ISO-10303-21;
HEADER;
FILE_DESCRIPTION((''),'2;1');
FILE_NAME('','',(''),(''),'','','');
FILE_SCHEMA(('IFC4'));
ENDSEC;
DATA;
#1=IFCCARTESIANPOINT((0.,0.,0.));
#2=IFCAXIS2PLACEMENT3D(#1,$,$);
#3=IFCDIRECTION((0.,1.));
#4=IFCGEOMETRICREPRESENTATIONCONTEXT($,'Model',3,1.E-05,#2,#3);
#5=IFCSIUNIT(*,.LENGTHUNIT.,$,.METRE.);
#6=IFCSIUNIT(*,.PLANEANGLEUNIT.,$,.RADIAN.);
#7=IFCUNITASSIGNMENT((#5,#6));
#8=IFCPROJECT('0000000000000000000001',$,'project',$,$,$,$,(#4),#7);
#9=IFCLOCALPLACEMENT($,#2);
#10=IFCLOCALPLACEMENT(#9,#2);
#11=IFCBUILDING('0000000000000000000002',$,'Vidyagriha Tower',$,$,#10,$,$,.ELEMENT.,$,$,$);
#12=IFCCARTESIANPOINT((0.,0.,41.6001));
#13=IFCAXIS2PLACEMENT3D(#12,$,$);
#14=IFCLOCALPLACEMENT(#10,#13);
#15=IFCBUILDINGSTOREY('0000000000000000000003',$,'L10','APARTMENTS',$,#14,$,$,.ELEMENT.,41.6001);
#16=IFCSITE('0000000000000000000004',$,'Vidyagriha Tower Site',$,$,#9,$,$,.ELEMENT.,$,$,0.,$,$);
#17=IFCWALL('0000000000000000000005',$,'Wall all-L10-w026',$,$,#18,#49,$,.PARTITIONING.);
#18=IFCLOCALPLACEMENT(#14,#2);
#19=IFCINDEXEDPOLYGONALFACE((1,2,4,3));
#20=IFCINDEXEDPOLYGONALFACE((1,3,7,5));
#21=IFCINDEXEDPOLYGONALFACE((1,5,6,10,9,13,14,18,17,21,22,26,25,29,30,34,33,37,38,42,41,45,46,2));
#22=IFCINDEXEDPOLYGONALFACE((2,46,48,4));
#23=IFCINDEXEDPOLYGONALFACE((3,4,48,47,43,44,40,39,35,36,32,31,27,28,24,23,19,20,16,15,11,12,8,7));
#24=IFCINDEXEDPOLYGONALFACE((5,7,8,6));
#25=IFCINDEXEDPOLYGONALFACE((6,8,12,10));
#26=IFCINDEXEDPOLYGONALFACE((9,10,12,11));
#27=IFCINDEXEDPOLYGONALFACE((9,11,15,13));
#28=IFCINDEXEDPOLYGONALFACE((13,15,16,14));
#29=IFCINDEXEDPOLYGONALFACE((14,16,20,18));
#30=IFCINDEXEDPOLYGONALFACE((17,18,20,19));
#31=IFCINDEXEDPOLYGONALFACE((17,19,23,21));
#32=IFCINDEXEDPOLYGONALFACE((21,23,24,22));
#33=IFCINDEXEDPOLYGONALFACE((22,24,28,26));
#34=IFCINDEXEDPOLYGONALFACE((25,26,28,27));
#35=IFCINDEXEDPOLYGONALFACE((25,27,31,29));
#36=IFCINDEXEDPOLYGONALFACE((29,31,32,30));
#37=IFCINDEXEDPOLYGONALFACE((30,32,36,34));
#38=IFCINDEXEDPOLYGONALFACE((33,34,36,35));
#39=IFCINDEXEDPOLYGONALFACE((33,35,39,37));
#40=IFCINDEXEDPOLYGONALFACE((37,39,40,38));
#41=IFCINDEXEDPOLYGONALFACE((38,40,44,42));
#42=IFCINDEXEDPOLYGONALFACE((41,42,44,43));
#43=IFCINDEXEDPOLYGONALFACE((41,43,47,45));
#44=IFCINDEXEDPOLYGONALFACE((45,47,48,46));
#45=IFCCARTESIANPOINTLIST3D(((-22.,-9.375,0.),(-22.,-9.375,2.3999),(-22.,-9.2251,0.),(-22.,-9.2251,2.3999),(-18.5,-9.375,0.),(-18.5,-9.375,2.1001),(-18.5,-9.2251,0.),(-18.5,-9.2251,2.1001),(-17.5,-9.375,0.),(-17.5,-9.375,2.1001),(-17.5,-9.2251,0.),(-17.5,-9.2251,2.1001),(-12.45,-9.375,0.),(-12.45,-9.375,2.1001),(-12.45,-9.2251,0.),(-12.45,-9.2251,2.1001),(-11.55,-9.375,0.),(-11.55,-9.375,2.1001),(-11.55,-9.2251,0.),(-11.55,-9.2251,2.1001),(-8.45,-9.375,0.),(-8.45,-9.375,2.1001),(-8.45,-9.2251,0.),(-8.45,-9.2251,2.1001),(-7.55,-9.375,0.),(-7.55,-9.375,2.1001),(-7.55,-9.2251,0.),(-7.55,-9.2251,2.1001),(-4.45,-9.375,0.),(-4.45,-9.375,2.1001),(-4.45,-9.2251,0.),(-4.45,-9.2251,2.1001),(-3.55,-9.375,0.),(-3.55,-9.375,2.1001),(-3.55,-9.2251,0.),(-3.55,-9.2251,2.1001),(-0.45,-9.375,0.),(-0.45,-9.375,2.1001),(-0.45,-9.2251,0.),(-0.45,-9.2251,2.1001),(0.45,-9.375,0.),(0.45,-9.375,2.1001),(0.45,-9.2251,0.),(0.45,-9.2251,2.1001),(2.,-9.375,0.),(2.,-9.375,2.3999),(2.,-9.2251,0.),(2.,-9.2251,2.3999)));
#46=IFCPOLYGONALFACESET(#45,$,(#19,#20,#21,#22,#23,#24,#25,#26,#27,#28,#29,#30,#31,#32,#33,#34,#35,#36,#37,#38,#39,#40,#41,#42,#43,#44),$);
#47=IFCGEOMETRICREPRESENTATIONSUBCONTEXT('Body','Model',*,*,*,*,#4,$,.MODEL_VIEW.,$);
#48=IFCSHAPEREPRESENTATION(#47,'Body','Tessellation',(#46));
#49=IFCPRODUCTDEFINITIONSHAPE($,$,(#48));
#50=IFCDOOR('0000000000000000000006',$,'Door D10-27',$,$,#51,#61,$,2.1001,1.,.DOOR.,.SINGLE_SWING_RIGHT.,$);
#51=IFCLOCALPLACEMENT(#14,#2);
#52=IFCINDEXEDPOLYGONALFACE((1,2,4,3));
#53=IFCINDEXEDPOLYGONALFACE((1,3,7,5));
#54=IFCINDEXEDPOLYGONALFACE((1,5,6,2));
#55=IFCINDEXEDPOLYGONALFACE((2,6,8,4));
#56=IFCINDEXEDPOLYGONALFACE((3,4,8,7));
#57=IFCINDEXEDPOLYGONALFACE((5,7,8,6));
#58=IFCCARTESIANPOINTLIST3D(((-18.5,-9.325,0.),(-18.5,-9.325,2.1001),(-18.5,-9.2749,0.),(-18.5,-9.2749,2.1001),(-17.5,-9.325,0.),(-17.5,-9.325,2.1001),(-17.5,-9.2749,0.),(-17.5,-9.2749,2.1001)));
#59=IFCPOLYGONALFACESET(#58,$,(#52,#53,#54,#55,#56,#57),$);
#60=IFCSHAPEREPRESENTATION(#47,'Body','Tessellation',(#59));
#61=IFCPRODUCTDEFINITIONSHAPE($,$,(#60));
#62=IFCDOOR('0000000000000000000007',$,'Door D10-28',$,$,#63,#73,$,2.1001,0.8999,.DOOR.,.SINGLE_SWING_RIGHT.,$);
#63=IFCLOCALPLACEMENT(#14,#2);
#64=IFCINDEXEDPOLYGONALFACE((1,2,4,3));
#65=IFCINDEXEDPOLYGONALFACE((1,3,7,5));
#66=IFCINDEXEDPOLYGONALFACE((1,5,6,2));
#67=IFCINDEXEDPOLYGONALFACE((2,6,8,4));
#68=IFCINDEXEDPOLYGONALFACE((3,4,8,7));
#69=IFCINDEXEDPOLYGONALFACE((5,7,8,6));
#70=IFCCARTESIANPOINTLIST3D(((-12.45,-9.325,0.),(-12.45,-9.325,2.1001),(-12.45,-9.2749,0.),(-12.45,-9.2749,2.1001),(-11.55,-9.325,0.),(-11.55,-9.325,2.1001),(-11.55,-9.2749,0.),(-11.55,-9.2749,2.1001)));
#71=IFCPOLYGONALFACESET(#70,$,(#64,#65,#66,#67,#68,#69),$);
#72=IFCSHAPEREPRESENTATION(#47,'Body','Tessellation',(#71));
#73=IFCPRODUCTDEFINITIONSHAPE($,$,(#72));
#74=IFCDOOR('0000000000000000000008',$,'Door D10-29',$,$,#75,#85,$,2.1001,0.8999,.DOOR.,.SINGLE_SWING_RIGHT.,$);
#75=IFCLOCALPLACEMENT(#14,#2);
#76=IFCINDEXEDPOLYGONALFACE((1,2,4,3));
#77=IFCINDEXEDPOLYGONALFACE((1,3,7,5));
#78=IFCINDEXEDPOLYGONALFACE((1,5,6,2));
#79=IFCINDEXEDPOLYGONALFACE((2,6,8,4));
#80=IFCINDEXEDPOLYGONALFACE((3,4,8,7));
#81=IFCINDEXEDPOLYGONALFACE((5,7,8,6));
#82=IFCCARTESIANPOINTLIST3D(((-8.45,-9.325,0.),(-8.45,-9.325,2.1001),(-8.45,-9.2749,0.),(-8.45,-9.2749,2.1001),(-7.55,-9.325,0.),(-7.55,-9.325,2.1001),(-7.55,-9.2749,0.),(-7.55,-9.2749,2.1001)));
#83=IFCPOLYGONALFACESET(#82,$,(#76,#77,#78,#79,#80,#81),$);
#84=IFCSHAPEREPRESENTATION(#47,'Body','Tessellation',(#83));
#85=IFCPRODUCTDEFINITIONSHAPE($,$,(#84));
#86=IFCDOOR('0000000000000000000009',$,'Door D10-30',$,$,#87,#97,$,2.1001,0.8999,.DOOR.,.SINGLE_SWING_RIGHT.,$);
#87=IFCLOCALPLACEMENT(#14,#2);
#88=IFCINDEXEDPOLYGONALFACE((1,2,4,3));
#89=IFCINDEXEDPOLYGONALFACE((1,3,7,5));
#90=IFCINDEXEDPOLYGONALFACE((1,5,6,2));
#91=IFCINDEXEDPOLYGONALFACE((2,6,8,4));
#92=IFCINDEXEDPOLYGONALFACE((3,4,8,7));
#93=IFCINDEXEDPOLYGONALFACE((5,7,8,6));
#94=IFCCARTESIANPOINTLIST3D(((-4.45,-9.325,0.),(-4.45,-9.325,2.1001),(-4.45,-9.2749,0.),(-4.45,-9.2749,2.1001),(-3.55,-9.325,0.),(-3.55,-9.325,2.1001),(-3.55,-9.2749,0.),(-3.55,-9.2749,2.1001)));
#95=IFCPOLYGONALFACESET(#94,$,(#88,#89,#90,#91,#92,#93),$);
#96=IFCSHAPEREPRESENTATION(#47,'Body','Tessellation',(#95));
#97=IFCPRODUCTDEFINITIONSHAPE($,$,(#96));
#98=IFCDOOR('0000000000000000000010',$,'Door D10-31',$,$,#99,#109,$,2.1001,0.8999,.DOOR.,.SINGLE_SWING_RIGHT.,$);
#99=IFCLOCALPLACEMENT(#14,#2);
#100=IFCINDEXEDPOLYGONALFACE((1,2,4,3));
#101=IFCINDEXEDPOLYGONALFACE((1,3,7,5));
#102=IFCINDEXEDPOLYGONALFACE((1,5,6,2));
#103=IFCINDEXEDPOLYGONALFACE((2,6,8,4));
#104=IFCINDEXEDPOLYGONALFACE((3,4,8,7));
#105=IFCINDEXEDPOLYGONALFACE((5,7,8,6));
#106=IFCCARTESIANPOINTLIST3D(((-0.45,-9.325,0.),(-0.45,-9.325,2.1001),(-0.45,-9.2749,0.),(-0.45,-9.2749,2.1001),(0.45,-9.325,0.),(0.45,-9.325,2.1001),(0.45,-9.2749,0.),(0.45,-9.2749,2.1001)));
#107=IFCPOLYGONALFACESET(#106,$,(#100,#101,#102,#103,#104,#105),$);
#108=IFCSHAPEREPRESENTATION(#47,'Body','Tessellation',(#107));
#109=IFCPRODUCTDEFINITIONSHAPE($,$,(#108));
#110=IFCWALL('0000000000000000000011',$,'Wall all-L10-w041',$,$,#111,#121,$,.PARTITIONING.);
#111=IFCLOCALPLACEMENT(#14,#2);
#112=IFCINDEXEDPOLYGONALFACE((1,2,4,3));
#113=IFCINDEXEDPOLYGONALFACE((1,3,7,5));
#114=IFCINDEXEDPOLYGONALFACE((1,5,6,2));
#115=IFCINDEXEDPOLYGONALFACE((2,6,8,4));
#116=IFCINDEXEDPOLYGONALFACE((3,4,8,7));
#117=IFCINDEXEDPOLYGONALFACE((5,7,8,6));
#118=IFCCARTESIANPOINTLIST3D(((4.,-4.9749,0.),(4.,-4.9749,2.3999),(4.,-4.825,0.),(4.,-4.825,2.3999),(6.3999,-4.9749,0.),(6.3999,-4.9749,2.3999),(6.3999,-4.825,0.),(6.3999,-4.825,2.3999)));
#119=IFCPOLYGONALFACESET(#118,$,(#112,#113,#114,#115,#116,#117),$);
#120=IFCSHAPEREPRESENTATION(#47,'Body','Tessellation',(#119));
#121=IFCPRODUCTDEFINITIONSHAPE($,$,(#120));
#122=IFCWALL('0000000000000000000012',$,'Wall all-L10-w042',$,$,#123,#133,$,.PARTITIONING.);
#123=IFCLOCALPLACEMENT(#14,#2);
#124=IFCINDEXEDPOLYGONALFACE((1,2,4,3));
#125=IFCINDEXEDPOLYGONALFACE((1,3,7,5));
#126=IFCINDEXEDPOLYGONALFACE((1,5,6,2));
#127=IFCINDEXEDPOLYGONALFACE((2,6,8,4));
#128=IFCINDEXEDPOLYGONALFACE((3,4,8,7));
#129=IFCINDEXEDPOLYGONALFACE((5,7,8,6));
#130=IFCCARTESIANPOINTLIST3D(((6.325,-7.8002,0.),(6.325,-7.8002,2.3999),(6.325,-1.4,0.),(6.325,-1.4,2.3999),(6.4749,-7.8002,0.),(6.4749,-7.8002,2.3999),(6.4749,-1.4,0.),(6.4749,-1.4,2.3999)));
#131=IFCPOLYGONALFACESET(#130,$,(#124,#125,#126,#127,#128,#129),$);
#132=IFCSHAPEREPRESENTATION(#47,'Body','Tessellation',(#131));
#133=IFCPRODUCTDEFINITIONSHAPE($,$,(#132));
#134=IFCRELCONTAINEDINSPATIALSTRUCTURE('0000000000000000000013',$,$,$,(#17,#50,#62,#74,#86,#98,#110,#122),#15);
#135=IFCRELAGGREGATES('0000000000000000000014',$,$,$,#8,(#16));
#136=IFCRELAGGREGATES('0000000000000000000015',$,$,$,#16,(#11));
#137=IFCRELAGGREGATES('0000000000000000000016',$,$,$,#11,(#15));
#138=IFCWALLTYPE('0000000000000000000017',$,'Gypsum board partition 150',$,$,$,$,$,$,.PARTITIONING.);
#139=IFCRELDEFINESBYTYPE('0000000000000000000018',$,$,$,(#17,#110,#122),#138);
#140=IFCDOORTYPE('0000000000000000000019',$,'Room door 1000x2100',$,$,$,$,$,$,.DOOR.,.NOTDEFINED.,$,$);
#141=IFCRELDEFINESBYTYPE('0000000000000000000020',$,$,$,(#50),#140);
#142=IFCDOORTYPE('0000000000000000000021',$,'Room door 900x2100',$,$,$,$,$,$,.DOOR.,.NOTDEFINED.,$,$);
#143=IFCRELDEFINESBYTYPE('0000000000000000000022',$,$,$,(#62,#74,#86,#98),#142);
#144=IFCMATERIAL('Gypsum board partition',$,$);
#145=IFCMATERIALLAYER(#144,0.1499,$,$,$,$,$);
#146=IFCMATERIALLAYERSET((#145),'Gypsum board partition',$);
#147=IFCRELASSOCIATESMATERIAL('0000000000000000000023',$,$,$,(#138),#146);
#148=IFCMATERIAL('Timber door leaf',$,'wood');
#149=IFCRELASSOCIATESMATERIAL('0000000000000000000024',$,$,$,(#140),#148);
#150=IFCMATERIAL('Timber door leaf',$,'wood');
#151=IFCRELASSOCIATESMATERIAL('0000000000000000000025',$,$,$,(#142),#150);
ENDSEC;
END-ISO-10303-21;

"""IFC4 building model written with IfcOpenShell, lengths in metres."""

from ifc_helpers import new_model, si_unit, direction, frame, frame_2d, origin, place, context, subcontext, project, spatial, rectangle, extrude, material, layer, layer_set, type_object, element, fill, save


model = new_model("IFC4")

# Units and contexts
model_context = context("Model", 3, precision=1e-05, world=origin(), true_north=direction((0.0, 1.0)))
body_context = subcontext(model_context, "Body", "Model", "MODEL_VIEW")
ifc_project = project(units=[si_unit("LENGTHUNIT", "METRE"), si_unit("PLANEANGLEUNIT", "RADIAN")], contexts=[model_context])

# Site, building, storey
site_placement = place(None, origin())
site = spatial("IfcSite", under=ifc_project, at=site_placement, Name="Vidyagriha Tower Site", CompositionType="ELEMENT", RefElevation=0.0)
building_placement = place(site_placement, origin())
building = spatial("IfcBuilding", under=site, at=building_placement, Name="Vidyagriha Tower", CompositionType="ELEMENT")
storey_placement = place(building_placement, frame((0.0, 0.0, 41.6001)))
storey = spatial("IfcBuildingStorey", under=building, at=storey_placement, Name="L10", Description="APARTMENTS", CompositionType="ELEMENT", Elevation=41.6001)

# Shared definitions
ifc_material_1 = material(Name="Gypsum board partition")
ifc_layer_1 = layer(ifc_material_1, 0.1499)
ifc_layer_set_1 = layer_set([ifc_layer_1], Name="Gypsum board partition")
wall_type_1 = type_object("IfcWallType", Name="Gypsum board partition 150", PredefinedType="PARTITIONING", material=ifc_layer_set_1)

# Wall, openings, doors
wall_1_placement = place(storey_placement, frame((2.0, -9.3, 0.0), z_axis=(0.0, 0.0, 1.0), x_axis=(-1.0, 0.0, 0.0)))
wall_1 = element("IfcWall", 1, at=wall_1_placement, inside=storey, type_object=wall_type_1, Name="Wall all-L10-w026", PredefinedType="PARTITIONING", context=body_context, shape_type="SweptSolid", body=[
    extrude(rectangle(XDim=24.0, YDim=0.1499, at=frame_2d((12.0, 0.0))), origin(), (0.0, 0.0, 1.0), 2.3999),
])
opening_1_placement = place(wall_1_placement, frame((19.5, 0.0, 0.0)))
opening_1 = element("IfcOpeningElement", 2, at=opening_1_placement, cuts=wall_1, PredefinedType="OPENING", context=body_context, shape_type="SweptSolid", body=[
    extrude(rectangle(XDim=1.0, YDim=2.1001, at=frame_2d((0.5, 1.05))), frame((0.0, 0.085, 0.0), z_axis=(0.0, -1.0, 0.0), x_axis=(1.0, 0.0, 0.0)), (0.0, 0.0, 1.0), 0.1699),
])
opening_2_placement = place(wall_1_placement, frame((13.55, 0.0, 0.0)))
opening_2 = element("IfcOpeningElement", 3, at=opening_2_placement, cuts=wall_1, PredefinedType="OPENING", context=body_context, shape_type="SweptSolid", body=[
    extrude(rectangle(XDim=0.8999, YDim=2.1001, at=frame_2d((0.45, 1.05))), frame((0.0, 0.085, 0.0), z_axis=(0.0, -1.0, 0.0), x_axis=(1.0, 0.0, 0.0)), (0.0, 0.0, 1.0), 0.1699),
])
opening_3_placement = place(wall_1_placement, frame((9.55, 0.0, 0.0)))
opening_3 = element("IfcOpeningElement", 4, at=opening_3_placement, cuts=wall_1, PredefinedType="OPENING", context=body_context, shape_type="SweptSolid", body=[
    extrude(rectangle(XDim=0.8999, YDim=2.1001, at=frame_2d((0.45, 1.05))), frame((0.0, 0.085, 0.0), z_axis=(0.0, -1.0, 0.0), x_axis=(1.0, 0.0, 0.0)), (0.0, 0.0, 1.0), 0.1699),
])
opening_4_placement = place(wall_1_placement, frame((5.55, 0.0, 0.0)))
opening_4 = element("IfcOpeningElement", 5, at=opening_4_placement, cuts=wall_1, PredefinedType="OPENING", context=body_context, shape_type="SweptSolid", body=[
    extrude(rectangle(XDim=0.8999, YDim=2.1001, at=frame_2d((0.45, 1.05))), frame((0.0, 0.085, 0.0), z_axis=(0.0, -1.0, 0.0), x_axis=(1.0, 0.0, 0.0)), (0.0, 0.0, 1.0), 0.1699),
])
opening_5_placement = place(wall_1_placement, frame((1.55, 0.0, 0.0)))
opening_5 = element("IfcOpeningElement", 6, at=opening_5_placement, cuts=wall_1, PredefinedType="OPENING", context=body_context, shape_type="SweptSolid", body=[
    extrude(rectangle(XDim=0.8999, YDim=2.1001, at=frame_2d((0.45, 1.05))), frame((0.0, 0.085, 0.0), z_axis=(0.0, -1.0, 0.0), x_axis=(1.0, 0.0, 0.0)), (0.0, 0.0, 1.0), 0.1699),
])
ifc_material_2 = material(Name="Timber door leaf", Category="wood")
door_type_1 = type_object("IfcDoorType", Name="Room door 1000x2100", OperationType="NOTDEFINED", PredefinedType="DOOR", material=ifc_material_2)
door_1_placement = place(opening_1_placement, origin())
door_1 = element("IfcDoor", 7, at=door_1_placement, inside=storey, type_object=door_type_1, Name="Door D10-27", OperationType="SINGLE_SWING_RIGHT", OverallHeight=2.1001, OverallWidth=1.0, PredefinedType="DOOR", context=body_context, shape_type="SweptSolid", body=[
    extrude(rectangle(XDim=1.0, YDim=2.1001, at=frame_2d((0.5, 1.05))), frame((0.0, 0.0249, 0.0), z_axis=(0.0, -1.0, 0.0), x_axis=(1.0, 0.0, 0.0)), (0.0, 0.0, 1.0), 0.05),
])
fill(opening_1, door_1)
ifc_material_3 = material(Name="Timber door leaf", Category="wood")
door_type_2 = type_object("IfcDoorType", Name="Room door 900x2100", OperationType="NOTDEFINED", PredefinedType="DOOR", material=ifc_material_3)
door_2_placement = place(opening_2_placement, origin())
door_2 = element("IfcDoor", 8, at=door_2_placement, inside=storey, type_object=door_type_2, Name="Door D10-28", OperationType="SINGLE_SWING_RIGHT", OverallHeight=2.1001, OverallWidth=0.8999, PredefinedType="DOOR", context=body_context, shape_type="SweptSolid", body=[
    extrude(rectangle(XDim=0.8999, YDim=2.1001, at=frame_2d((0.45, 1.05))), frame((0.0, 0.0249, 0.0), z_axis=(0.0, -1.0, 0.0), x_axis=(1.0, 0.0, 0.0)), (0.0, 0.0, 1.0), 0.05),
])
fill(opening_2, door_2)
door_3_placement = place(opening_3_placement, origin())
door_3 = element("IfcDoor", 9, at=door_3_placement, inside=storey, type_object=door_type_2, Name="Door D10-29", OperationType="SINGLE_SWING_RIGHT", OverallHeight=2.1001, OverallWidth=0.8999, PredefinedType="DOOR", context=body_context, shape_type="SweptSolid", body=[
    extrude(rectangle(XDim=0.8999, YDim=2.1001, at=frame_2d((0.45, 1.05))), frame((0.0, 0.0249, 0.0), z_axis=(0.0, -1.0, 0.0), x_axis=(1.0, 0.0, 0.0)), (0.0, 0.0, 1.0), 0.05),
])
fill(opening_3, door_3)
door_4_placement = place(opening_4_placement, origin())
door_4 = element("IfcDoor", 10, at=door_4_placement, inside=storey, type_object=door_type_2, Name="Door D10-30", OperationType="SINGLE_SWING_RIGHT", OverallHeight=2.1001, OverallWidth=0.8999, PredefinedType="DOOR", context=body_context, shape_type="SweptSolid", body=[
    extrude(rectangle(XDim=0.8999, YDim=2.1001, at=frame_2d((0.45, 1.05))), frame((0.0, 0.0249, 0.0), z_axis=(0.0, -1.0, 0.0), x_axis=(1.0, 0.0, 0.0)), (0.0, 0.0, 1.0), 0.05),
])
fill(opening_4, door_4)
door_5_placement = place(opening_5_placement, origin())
door_5 = element("IfcDoor", 11, at=door_5_placement, inside=storey, type_object=door_type_2, Name="Door D10-31", OperationType="SINGLE_SWING_RIGHT", OverallHeight=2.1001, OverallWidth=0.8999, PredefinedType="DOOR", context=body_context, shape_type="SweptSolid", body=[
    extrude(rectangle(XDim=0.8999, YDim=2.1001, at=frame_2d((0.45, 1.05))), frame((0.0, 0.0249, 0.0), z_axis=(0.0, -1.0, 0.0), x_axis=(1.0, 0.0, 0.0)), (0.0, 0.0, 1.0), 0.05),
])
fill(opening_5, door_5)

# Walls
wall_2_placement = place(storey_placement, frame((6.3999, -4.8999, 0.0), z_axis=(0.0, 0.0, 1.0), x_axis=(-1.0, 0.0, 0.0)))
element("IfcWall", 12, at=wall_2_placement, inside=storey, type_object=wall_type_1, Name="Wall all-L10-w041", PredefinedType="PARTITIONING", context=body_context, shape_type="SweptSolid", body=[
    extrude(rectangle(XDim=2.3999, YDim=0.1499, at=frame_2d((1.2, 0.0))), origin(), (0.0, 0.0, 1.0), 2.3999),
])
wall_3_placement = place(storey_placement, frame((6.3999, -1.3999, 0.0), z_axis=(0.0, 0.0, 1.0), x_axis=(0.0, -1.0, 0.0)))
element("IfcWall", 13, at=wall_3_placement, inside=storey, type_object=wall_type_1, Name="Wall all-L10-w042", PredefinedType="PARTITIONING", context=body_context, shape_type="SweptSolid", body=[
    extrude(rectangle(XDim=6.4001, YDim=0.1499, at=frame_2d((3.2002, 0.0))), origin(), (0.0, 0.0, 1.0), 2.3999),
])

save(model, "model.ifc")
